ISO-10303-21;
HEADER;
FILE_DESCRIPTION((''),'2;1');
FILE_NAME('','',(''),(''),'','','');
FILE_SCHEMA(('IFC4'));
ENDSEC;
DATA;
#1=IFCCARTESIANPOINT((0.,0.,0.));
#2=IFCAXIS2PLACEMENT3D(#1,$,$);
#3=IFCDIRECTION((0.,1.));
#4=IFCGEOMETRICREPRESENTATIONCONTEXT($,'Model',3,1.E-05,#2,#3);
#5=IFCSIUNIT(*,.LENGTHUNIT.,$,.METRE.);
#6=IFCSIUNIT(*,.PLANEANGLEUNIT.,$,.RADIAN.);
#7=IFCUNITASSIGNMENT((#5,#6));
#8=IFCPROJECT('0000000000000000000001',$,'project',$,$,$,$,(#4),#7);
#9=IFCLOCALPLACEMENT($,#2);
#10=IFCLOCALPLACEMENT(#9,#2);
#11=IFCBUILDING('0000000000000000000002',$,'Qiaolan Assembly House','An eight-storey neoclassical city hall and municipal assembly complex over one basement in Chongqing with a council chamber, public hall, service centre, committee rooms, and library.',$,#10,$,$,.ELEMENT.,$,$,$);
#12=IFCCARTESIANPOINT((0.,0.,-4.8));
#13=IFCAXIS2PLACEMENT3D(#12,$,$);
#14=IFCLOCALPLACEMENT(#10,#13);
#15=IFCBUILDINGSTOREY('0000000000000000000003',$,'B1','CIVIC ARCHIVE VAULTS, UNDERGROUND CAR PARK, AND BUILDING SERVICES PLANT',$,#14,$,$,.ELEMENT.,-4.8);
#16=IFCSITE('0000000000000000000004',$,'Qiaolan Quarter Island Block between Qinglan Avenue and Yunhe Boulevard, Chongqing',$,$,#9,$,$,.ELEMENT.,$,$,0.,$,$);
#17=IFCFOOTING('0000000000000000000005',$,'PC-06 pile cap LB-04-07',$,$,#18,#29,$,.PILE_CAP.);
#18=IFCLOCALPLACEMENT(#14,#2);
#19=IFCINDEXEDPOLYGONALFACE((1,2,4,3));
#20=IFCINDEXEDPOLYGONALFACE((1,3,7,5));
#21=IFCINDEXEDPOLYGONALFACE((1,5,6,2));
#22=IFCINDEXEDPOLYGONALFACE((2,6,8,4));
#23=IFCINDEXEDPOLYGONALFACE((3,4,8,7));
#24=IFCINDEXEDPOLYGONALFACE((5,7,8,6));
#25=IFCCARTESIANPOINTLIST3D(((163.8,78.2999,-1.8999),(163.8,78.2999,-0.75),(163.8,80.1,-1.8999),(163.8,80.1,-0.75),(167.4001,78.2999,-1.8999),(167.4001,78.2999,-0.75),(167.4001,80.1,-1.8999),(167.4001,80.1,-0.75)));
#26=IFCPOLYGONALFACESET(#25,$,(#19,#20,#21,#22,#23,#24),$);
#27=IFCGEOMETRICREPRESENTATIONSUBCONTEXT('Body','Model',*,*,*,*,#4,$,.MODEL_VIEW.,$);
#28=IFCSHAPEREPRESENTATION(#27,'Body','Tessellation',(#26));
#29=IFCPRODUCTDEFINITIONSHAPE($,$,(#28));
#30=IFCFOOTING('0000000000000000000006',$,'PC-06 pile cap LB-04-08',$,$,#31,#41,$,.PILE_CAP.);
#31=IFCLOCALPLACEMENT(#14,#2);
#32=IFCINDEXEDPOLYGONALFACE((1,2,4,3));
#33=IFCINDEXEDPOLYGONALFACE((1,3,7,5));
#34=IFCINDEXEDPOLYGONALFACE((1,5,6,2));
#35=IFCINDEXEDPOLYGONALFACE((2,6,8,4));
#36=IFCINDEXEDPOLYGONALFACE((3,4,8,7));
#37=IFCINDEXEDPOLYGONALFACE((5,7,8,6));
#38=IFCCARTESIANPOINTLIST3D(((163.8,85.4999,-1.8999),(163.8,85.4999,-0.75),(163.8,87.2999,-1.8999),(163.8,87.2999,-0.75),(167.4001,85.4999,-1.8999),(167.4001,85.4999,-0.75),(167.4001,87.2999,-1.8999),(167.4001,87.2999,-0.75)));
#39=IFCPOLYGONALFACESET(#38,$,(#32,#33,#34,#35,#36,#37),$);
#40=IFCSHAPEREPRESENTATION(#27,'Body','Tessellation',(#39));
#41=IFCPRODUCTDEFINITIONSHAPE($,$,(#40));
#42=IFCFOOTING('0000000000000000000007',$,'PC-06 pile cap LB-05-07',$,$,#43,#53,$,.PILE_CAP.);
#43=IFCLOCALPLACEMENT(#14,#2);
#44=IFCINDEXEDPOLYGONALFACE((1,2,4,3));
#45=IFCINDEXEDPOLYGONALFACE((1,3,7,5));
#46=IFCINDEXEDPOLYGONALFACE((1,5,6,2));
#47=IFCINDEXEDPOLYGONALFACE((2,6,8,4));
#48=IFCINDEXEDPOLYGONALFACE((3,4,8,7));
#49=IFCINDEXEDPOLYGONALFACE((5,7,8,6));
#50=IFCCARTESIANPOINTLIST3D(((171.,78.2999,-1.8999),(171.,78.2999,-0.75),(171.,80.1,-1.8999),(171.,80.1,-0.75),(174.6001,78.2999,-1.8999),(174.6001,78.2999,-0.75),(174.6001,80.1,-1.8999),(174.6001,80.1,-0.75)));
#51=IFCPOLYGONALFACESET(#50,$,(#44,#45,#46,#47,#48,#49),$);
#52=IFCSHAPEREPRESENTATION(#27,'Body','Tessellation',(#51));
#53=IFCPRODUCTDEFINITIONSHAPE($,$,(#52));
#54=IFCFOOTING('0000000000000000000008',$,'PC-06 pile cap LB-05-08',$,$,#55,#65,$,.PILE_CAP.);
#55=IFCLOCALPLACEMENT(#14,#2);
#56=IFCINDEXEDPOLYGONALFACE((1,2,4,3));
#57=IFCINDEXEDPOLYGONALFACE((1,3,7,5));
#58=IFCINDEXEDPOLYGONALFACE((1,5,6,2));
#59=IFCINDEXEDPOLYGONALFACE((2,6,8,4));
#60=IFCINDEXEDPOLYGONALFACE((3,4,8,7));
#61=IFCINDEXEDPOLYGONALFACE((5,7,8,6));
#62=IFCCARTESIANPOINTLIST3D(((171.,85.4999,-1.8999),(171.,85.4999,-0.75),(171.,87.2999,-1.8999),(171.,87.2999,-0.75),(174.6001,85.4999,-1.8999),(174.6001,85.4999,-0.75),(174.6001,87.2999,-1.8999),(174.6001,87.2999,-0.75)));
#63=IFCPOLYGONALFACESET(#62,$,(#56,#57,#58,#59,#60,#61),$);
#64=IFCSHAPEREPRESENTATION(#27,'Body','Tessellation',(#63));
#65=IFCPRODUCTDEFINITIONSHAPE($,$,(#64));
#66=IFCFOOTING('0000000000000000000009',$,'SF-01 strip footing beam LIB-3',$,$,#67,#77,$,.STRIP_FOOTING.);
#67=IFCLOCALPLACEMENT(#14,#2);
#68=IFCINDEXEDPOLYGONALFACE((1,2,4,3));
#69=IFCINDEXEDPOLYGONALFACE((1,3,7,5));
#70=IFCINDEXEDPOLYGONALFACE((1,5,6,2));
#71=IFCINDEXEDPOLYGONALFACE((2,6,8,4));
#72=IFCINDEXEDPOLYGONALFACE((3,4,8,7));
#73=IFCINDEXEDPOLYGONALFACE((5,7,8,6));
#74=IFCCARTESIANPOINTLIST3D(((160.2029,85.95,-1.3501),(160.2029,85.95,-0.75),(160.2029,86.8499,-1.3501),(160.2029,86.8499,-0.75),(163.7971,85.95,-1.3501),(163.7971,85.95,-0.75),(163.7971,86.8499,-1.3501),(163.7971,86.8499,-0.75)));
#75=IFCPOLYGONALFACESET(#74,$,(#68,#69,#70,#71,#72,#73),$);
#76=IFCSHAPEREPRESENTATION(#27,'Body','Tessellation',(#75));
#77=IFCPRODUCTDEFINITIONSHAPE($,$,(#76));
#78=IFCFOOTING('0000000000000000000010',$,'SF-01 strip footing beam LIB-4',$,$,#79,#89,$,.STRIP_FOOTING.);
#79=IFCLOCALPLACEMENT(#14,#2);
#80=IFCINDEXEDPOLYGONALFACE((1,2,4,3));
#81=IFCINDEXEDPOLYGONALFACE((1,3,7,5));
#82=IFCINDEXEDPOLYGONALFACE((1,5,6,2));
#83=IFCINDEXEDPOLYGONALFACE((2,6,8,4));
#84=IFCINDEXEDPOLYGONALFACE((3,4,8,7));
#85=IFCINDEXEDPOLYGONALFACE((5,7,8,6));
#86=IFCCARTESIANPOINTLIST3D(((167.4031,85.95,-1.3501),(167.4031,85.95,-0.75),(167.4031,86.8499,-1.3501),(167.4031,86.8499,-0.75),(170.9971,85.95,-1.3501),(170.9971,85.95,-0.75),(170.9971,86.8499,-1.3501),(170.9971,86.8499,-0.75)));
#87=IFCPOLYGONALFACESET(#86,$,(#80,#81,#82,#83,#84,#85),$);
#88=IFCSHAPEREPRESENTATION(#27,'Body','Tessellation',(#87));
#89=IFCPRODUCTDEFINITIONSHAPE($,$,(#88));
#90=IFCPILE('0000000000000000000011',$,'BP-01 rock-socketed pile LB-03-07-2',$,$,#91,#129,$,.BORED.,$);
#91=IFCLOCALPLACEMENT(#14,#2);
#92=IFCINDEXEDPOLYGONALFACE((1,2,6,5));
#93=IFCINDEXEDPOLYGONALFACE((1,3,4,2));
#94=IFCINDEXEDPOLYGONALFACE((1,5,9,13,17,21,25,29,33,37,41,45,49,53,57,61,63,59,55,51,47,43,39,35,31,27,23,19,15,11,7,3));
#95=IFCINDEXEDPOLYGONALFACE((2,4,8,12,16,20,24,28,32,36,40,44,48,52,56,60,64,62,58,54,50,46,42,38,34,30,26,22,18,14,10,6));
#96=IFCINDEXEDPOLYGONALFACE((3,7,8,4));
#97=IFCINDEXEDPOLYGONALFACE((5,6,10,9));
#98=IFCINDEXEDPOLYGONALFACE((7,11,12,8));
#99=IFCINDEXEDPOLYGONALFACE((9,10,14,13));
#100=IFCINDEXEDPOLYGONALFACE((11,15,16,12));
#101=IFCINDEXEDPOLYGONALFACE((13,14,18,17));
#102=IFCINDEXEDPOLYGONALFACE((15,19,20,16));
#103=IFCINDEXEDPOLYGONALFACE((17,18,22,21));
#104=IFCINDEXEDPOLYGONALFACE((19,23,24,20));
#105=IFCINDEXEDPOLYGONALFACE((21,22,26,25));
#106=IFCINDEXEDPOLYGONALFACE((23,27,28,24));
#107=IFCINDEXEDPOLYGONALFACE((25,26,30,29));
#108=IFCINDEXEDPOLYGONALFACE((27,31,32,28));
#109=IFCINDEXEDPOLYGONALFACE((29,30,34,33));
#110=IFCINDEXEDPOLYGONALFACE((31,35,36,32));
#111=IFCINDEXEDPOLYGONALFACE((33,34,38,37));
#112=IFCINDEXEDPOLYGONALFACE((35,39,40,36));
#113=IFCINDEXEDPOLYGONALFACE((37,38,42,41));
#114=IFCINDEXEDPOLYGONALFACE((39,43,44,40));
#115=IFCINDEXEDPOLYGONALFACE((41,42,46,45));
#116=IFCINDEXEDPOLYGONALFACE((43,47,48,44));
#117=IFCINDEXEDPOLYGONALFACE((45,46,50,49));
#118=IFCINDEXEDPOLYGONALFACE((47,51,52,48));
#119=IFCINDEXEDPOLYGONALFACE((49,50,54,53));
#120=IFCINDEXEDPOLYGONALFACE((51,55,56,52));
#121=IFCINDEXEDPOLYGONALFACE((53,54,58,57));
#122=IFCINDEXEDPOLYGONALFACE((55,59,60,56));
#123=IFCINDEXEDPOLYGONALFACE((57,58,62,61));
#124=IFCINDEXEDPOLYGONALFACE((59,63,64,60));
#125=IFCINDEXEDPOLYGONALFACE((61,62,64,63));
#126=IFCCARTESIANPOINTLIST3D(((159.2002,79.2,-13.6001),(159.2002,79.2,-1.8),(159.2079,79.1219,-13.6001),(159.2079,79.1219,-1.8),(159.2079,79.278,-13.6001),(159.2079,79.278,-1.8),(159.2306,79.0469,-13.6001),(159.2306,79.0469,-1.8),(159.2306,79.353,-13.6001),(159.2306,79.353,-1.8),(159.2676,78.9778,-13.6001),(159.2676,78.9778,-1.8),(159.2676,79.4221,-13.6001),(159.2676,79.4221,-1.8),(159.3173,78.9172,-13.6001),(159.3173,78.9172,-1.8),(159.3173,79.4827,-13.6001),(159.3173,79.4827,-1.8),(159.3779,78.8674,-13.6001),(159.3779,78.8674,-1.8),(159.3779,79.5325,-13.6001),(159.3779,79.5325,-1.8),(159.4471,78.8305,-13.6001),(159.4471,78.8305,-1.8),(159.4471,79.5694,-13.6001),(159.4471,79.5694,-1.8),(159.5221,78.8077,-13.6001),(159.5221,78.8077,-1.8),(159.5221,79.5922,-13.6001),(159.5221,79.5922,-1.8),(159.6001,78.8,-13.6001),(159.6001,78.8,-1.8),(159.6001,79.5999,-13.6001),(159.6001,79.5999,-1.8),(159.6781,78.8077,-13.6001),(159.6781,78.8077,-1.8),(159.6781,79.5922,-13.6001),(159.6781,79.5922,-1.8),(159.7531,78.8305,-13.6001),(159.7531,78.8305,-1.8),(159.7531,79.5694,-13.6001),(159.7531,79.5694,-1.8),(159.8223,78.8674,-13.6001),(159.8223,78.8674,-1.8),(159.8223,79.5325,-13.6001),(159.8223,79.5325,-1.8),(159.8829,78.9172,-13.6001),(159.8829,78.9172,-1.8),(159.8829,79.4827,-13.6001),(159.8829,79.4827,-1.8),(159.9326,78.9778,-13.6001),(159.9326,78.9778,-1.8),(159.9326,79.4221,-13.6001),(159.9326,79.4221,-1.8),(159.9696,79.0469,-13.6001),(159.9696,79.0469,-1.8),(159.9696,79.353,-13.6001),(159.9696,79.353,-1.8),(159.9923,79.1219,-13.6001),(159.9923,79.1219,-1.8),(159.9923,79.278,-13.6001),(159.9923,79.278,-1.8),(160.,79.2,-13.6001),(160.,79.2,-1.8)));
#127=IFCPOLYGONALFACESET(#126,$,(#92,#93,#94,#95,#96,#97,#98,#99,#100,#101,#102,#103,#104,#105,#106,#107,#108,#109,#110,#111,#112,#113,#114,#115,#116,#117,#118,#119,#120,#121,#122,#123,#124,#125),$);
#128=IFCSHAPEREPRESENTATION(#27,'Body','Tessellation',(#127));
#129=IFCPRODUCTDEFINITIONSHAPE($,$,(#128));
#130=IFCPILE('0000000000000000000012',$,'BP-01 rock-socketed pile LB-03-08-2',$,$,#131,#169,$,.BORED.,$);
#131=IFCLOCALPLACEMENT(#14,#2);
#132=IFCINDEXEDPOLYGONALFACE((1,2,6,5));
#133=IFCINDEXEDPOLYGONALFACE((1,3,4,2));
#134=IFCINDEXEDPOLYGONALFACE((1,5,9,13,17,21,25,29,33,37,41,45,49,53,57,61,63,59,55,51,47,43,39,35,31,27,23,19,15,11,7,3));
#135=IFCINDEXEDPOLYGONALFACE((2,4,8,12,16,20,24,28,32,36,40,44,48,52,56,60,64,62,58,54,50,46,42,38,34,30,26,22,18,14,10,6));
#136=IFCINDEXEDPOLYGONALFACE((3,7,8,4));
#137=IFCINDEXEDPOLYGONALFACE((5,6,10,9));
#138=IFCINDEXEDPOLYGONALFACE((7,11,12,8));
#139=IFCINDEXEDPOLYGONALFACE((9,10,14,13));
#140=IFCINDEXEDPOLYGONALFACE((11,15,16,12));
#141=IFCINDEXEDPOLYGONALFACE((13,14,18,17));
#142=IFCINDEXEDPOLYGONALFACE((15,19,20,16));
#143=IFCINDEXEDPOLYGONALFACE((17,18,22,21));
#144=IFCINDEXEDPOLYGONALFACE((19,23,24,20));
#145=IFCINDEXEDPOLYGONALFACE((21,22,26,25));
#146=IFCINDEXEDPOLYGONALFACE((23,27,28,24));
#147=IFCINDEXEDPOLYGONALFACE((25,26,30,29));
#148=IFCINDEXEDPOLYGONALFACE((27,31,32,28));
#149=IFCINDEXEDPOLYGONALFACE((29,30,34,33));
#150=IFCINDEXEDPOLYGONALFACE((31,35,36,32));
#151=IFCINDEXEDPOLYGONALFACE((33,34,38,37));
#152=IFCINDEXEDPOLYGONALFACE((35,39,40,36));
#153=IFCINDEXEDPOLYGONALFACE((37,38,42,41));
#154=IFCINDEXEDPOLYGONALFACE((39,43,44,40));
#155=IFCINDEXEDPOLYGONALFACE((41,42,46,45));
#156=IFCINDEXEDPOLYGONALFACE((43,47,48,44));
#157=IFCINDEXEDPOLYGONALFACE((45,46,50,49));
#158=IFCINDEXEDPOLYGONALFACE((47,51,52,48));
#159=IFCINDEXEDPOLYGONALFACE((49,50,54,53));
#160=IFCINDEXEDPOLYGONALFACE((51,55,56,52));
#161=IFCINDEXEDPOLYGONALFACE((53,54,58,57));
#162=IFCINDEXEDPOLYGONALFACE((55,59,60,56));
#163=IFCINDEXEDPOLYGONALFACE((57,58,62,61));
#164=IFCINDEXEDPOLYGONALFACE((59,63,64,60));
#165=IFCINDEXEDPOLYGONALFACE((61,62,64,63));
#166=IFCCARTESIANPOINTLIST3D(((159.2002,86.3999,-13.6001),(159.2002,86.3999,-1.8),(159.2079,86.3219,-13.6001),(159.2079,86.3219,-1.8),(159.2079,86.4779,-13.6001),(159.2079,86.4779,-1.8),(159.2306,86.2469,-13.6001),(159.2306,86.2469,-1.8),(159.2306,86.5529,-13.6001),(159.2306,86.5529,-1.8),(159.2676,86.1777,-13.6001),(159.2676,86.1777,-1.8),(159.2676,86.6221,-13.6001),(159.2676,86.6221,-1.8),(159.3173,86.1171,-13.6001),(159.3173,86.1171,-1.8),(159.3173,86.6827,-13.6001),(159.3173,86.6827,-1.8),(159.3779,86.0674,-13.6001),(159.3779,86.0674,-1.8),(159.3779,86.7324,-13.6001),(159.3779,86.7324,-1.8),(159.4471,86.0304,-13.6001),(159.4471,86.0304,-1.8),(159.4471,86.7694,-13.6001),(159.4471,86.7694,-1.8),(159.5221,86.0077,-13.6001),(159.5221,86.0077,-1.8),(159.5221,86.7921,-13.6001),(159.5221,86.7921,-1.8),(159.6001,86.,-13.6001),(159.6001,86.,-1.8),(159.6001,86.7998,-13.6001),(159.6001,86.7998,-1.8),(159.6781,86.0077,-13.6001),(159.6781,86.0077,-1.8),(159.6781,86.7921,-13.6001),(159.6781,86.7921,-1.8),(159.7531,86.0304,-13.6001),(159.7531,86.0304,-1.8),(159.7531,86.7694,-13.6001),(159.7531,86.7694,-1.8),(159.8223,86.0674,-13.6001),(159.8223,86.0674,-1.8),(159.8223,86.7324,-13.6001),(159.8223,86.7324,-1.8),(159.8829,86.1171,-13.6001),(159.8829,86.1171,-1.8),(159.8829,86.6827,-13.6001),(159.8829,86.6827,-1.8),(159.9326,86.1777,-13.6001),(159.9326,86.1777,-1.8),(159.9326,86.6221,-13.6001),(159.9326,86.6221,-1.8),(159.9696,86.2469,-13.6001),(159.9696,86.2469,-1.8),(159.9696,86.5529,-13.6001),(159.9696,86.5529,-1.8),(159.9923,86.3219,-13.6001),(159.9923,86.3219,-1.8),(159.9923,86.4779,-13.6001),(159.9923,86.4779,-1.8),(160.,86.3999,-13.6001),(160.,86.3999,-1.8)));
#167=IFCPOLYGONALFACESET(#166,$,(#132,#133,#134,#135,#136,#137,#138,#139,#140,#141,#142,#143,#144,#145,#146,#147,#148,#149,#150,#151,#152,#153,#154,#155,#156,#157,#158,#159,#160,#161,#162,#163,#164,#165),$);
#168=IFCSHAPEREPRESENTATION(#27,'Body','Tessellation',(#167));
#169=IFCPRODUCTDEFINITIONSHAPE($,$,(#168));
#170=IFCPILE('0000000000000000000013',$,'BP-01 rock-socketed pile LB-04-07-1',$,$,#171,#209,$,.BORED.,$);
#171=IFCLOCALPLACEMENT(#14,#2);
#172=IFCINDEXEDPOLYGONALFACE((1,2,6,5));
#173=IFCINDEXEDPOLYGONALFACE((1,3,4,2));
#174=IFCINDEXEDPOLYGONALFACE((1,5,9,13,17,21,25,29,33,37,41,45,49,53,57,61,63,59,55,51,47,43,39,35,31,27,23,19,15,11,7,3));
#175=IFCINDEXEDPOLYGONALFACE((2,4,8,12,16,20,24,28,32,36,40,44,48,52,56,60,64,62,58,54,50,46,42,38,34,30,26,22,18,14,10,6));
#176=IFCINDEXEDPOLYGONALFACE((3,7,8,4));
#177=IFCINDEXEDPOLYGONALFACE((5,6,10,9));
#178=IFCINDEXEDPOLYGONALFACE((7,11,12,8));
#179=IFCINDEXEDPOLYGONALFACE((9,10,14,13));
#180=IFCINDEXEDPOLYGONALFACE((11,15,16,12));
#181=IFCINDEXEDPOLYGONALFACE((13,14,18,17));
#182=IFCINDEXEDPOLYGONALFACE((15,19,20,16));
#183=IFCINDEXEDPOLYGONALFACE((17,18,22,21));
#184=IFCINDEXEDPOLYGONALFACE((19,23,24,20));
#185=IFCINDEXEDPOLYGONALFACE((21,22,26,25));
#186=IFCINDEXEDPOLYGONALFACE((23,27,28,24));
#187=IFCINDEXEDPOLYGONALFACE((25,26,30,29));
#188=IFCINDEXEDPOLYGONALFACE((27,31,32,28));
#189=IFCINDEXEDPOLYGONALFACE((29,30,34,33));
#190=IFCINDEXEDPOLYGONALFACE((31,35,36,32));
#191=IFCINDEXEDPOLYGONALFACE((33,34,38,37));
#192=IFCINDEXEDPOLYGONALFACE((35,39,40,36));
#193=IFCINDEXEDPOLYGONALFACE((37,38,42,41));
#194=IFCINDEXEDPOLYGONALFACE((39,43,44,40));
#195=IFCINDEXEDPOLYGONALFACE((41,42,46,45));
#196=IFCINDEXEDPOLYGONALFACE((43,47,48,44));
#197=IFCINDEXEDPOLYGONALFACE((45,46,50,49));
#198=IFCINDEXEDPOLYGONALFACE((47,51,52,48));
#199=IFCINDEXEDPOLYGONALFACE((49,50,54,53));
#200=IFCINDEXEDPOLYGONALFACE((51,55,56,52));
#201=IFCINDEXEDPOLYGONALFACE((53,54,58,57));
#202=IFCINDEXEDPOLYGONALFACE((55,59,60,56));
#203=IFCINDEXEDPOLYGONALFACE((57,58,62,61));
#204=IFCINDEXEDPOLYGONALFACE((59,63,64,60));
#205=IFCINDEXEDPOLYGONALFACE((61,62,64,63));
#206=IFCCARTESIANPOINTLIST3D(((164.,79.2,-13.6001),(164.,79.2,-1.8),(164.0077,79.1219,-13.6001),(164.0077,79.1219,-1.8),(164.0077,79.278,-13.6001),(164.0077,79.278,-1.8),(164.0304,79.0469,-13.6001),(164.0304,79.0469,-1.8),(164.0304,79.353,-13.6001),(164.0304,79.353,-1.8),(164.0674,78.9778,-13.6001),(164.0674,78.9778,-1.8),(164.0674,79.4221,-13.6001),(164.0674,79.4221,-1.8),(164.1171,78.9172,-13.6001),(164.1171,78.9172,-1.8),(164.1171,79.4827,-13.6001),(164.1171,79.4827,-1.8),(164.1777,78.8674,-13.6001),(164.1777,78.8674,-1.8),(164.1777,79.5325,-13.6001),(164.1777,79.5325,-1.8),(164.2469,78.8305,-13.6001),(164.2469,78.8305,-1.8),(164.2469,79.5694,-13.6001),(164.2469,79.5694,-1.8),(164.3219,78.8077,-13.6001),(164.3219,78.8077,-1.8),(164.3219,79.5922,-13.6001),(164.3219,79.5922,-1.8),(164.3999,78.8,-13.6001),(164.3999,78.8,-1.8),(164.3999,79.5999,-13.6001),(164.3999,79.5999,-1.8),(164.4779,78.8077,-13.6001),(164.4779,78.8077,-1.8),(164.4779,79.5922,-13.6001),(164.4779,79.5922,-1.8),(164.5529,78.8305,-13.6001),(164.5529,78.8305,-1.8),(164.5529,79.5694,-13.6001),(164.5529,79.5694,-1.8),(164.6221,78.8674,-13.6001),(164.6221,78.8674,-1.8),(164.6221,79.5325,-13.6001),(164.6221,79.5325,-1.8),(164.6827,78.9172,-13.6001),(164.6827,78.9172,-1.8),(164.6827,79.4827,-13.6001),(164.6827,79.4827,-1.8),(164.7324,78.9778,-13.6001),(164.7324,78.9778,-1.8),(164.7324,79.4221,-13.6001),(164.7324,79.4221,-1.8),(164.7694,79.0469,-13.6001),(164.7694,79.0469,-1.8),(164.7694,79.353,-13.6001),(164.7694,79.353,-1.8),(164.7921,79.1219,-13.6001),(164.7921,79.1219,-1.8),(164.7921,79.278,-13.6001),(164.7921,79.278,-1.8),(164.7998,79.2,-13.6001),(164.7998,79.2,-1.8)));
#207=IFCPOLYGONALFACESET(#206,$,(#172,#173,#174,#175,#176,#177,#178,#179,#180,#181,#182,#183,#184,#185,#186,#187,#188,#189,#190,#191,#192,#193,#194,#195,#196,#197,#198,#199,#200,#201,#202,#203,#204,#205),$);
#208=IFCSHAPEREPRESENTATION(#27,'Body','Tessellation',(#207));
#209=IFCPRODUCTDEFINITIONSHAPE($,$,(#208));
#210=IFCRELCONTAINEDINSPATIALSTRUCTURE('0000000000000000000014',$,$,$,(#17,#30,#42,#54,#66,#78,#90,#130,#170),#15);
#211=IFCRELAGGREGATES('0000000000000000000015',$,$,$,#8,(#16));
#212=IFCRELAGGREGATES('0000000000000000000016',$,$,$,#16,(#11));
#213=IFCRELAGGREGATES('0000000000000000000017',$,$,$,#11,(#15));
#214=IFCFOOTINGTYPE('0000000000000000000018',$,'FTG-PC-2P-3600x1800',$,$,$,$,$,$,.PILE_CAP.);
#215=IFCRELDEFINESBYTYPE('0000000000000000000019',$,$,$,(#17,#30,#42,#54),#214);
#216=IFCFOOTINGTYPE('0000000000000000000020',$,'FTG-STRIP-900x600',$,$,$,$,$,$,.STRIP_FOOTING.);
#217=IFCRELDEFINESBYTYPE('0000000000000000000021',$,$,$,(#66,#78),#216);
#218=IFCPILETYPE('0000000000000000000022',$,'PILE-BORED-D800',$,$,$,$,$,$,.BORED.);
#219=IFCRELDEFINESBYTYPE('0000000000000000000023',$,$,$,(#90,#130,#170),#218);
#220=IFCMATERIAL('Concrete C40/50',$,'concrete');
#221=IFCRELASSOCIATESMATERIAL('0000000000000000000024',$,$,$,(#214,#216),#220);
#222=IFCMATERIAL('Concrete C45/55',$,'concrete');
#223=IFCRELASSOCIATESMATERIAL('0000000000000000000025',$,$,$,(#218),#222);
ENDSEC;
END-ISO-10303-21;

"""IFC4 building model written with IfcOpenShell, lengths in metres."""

from ifc_helpers import new_model, si_unit, direction, frame, origin, origin_2d, place, context, subcontext, project, spatial, rectangle, circle, extrude, material, material_profile, profile_set, type_object, element, save


model = new_model("IFC4")

# Units and contexts
model_context = context("Model", 3, precision=1e-05, world=origin(), true_north=direction((0.0, 1.0)))
body_context = subcontext(model_context, "Body", "Model", "MODEL_VIEW")
ifc_project = project(units=[si_unit("LENGTHUNIT", "METRE"), si_unit("PLANEANGLEUNIT", "RADIAN")], contexts=[model_context])

# Site, building, storey
site_placement = place(None, origin())
site = spatial("IfcSite", under=ifc_project, at=site_placement, Name="Qiaolan Quarter Island Block between Qinglan Avenue and Yunhe Boulevard, Chongqing", CompositionType="ELEMENT", RefElevation=0.0)
building_placement = place(site_placement, origin())
building = spatial("IfcBuilding", under=site, at=building_placement, Name="Qiaolan Assembly House", Description="An eight-storey neoclassical city hall and municipal assembly complex over one basement in Chongqing with a council chamber, public hall, service centre, committee rooms, and library.", CompositionType="ELEMENT")
storey_placement = place(building_placement, frame((0.0, 0.0, -4.8)))
storey = spatial("IfcBuildingStorey", under=building, at=storey_placement, Name="B1", Description="CIVIC ARCHIVE VAULTS, UNDERGROUND CAR PARK, AND BUILDING SERVICES PLANT", CompositionType="ELEMENT", Elevation=-4.8)

# Footings
ifc_material_1 = material(Name="Concrete C40/50", Category="concrete")
footing_type_1 = type_object("IfcFootingType", Name="FTG-PC-2P-3600x1800", PredefinedType="PILE_CAP", material=ifc_material_1)
for number, where, z_axis, x_axis, name in (
    (1, (165.6001, 79.2, -1.8999), (0.0, 0.0, 1.0), (1.0, 0.0, 0.0), "PC-06 pile cap LB-04-07"),
    (2, (165.6001, 86.3999, -1.8999), (0.0, 0.0, 1.0), (1.0, 0.0, 0.0), "PC-06 pile cap LB-04-08"),
    (3, (172.8, 79.2, -1.8999), (0.0, 0.0, 1.0), (1.0, 0.0, 0.0), "PC-06 pile cap LB-05-07"),
    (4, (172.8, 86.3999, -1.8999), (0.0, 0.0, 1.0), (1.0, 0.0, 0.0), "PC-06 pile cap LB-05-08"),
):
    element("IfcFooting", number, at=place(storey_placement, frame(where, z_axis=z_axis, x_axis=x_axis)), inside=storey, type_object=footing_type_1, Name=name, PredefinedType="PILE_CAP", context=body_context, shape_type="SweptSolid", body=[
        extrude(rectangle(XDim=3.6001, YDim=1.8, at=origin_2d()), origin(), (0.0, 0.0, 1.0), 1.1499),
    ])
ifc_material_profile_1 = material_profile(ifc_material_1, rectangle(XDim=0.8999, YDim=0.6001, at=origin_2d()), Name="SF 900x600")
ifc_profile_set_1 = profile_set([ifc_material_profile_1], Name="Concrete C40/50")
footing_type_2 = type_object("IfcFootingType", Name="FTG-STRIP-900x600", PredefinedType="STRIP_FOOTING", material=ifc_profile_set_1)
footing_1_placement = place(storey_placement, frame((160.2029, 86.3999, -1.05), z_axis=(1.0, 0.0, 0.0), x_axis=(0.0, 1.0, 0.0)))
element("IfcFooting", 5, at=footing_1_placement, inside=storey, type_object=footing_type_2, Name="SF-01 strip footing beam LIB-3", PredefinedType="STRIP_FOOTING", context=body_context, shape_type="SweptSolid", body=[
    extrude(rectangle(XDim=0.8999, YDim=0.6001, at=origin_2d()), origin(), (0.0, 0.0, 1.0), 3.5942),
])
footing_2_placement = place(storey_placement, frame((167.4031, 86.3999, -1.05), z_axis=(1.0, 0.0, 0.0), x_axis=(0.0, 1.0, 0.0)))
element("IfcFooting", 6, at=footing_2_placement, inside=storey, type_object=footing_type_2, Name="SF-01 strip footing beam LIB-4", PredefinedType="STRIP_FOOTING", context=body_context, shape_type="SweptSolid", body=[
    extrude(rectangle(XDim=0.8999, YDim=0.6001, at=origin_2d()), origin(), (0.0, 0.0, 1.0), 3.594),
])

# Piles
ifc_material_2 = material(Name="Concrete C45/55", Category="concrete")
ifc_material_profile_2 = material_profile(ifc_material_2, circle(Radius=0.3999, at=origin_2d()), Name="PILE D800")
ifc_profile_set_2 = profile_set([ifc_material_profile_2], Name="Concrete C45/55")
pile_type = type_object("IfcPileType", Name="PILE-BORED-D800", PredefinedType="BORED", material=ifc_profile_set_2)
for number, where, z_axis, x_axis, name in (
    (7, (159.6001, 79.2, -1.8), (0.0, 0.0, -1.0), (1.0, 0.0, 0.0), "BP-01 rock-socketed pile LB-03-07-2"),
    (8, (159.6001, 86.3999, -1.8), (0.0, 0.0, -1.0), (1.0, 0.0, 0.0), "BP-01 rock-socketed pile LB-03-08-2"),
    (9, (164.3999, 79.2, -1.8), (0.0, 0.0, -1.0), (1.0, 0.0, 0.0), "BP-01 rock-socketed pile LB-04-07-1"),
):
    element("IfcPile", number, at=place(storey_placement, frame(where, z_axis=z_axis, x_axis=x_axis)), inside=storey, type_object=pile_type, Name=name, PredefinedType="BORED", context=body_context, shape_type="SweptSolid", body=[
        extrude(circle(Radius=0.3999, at=origin_2d()), origin(), (0.0, 0.0, 1.0), 11.8),
    ])

save(model, "model.ifc")
